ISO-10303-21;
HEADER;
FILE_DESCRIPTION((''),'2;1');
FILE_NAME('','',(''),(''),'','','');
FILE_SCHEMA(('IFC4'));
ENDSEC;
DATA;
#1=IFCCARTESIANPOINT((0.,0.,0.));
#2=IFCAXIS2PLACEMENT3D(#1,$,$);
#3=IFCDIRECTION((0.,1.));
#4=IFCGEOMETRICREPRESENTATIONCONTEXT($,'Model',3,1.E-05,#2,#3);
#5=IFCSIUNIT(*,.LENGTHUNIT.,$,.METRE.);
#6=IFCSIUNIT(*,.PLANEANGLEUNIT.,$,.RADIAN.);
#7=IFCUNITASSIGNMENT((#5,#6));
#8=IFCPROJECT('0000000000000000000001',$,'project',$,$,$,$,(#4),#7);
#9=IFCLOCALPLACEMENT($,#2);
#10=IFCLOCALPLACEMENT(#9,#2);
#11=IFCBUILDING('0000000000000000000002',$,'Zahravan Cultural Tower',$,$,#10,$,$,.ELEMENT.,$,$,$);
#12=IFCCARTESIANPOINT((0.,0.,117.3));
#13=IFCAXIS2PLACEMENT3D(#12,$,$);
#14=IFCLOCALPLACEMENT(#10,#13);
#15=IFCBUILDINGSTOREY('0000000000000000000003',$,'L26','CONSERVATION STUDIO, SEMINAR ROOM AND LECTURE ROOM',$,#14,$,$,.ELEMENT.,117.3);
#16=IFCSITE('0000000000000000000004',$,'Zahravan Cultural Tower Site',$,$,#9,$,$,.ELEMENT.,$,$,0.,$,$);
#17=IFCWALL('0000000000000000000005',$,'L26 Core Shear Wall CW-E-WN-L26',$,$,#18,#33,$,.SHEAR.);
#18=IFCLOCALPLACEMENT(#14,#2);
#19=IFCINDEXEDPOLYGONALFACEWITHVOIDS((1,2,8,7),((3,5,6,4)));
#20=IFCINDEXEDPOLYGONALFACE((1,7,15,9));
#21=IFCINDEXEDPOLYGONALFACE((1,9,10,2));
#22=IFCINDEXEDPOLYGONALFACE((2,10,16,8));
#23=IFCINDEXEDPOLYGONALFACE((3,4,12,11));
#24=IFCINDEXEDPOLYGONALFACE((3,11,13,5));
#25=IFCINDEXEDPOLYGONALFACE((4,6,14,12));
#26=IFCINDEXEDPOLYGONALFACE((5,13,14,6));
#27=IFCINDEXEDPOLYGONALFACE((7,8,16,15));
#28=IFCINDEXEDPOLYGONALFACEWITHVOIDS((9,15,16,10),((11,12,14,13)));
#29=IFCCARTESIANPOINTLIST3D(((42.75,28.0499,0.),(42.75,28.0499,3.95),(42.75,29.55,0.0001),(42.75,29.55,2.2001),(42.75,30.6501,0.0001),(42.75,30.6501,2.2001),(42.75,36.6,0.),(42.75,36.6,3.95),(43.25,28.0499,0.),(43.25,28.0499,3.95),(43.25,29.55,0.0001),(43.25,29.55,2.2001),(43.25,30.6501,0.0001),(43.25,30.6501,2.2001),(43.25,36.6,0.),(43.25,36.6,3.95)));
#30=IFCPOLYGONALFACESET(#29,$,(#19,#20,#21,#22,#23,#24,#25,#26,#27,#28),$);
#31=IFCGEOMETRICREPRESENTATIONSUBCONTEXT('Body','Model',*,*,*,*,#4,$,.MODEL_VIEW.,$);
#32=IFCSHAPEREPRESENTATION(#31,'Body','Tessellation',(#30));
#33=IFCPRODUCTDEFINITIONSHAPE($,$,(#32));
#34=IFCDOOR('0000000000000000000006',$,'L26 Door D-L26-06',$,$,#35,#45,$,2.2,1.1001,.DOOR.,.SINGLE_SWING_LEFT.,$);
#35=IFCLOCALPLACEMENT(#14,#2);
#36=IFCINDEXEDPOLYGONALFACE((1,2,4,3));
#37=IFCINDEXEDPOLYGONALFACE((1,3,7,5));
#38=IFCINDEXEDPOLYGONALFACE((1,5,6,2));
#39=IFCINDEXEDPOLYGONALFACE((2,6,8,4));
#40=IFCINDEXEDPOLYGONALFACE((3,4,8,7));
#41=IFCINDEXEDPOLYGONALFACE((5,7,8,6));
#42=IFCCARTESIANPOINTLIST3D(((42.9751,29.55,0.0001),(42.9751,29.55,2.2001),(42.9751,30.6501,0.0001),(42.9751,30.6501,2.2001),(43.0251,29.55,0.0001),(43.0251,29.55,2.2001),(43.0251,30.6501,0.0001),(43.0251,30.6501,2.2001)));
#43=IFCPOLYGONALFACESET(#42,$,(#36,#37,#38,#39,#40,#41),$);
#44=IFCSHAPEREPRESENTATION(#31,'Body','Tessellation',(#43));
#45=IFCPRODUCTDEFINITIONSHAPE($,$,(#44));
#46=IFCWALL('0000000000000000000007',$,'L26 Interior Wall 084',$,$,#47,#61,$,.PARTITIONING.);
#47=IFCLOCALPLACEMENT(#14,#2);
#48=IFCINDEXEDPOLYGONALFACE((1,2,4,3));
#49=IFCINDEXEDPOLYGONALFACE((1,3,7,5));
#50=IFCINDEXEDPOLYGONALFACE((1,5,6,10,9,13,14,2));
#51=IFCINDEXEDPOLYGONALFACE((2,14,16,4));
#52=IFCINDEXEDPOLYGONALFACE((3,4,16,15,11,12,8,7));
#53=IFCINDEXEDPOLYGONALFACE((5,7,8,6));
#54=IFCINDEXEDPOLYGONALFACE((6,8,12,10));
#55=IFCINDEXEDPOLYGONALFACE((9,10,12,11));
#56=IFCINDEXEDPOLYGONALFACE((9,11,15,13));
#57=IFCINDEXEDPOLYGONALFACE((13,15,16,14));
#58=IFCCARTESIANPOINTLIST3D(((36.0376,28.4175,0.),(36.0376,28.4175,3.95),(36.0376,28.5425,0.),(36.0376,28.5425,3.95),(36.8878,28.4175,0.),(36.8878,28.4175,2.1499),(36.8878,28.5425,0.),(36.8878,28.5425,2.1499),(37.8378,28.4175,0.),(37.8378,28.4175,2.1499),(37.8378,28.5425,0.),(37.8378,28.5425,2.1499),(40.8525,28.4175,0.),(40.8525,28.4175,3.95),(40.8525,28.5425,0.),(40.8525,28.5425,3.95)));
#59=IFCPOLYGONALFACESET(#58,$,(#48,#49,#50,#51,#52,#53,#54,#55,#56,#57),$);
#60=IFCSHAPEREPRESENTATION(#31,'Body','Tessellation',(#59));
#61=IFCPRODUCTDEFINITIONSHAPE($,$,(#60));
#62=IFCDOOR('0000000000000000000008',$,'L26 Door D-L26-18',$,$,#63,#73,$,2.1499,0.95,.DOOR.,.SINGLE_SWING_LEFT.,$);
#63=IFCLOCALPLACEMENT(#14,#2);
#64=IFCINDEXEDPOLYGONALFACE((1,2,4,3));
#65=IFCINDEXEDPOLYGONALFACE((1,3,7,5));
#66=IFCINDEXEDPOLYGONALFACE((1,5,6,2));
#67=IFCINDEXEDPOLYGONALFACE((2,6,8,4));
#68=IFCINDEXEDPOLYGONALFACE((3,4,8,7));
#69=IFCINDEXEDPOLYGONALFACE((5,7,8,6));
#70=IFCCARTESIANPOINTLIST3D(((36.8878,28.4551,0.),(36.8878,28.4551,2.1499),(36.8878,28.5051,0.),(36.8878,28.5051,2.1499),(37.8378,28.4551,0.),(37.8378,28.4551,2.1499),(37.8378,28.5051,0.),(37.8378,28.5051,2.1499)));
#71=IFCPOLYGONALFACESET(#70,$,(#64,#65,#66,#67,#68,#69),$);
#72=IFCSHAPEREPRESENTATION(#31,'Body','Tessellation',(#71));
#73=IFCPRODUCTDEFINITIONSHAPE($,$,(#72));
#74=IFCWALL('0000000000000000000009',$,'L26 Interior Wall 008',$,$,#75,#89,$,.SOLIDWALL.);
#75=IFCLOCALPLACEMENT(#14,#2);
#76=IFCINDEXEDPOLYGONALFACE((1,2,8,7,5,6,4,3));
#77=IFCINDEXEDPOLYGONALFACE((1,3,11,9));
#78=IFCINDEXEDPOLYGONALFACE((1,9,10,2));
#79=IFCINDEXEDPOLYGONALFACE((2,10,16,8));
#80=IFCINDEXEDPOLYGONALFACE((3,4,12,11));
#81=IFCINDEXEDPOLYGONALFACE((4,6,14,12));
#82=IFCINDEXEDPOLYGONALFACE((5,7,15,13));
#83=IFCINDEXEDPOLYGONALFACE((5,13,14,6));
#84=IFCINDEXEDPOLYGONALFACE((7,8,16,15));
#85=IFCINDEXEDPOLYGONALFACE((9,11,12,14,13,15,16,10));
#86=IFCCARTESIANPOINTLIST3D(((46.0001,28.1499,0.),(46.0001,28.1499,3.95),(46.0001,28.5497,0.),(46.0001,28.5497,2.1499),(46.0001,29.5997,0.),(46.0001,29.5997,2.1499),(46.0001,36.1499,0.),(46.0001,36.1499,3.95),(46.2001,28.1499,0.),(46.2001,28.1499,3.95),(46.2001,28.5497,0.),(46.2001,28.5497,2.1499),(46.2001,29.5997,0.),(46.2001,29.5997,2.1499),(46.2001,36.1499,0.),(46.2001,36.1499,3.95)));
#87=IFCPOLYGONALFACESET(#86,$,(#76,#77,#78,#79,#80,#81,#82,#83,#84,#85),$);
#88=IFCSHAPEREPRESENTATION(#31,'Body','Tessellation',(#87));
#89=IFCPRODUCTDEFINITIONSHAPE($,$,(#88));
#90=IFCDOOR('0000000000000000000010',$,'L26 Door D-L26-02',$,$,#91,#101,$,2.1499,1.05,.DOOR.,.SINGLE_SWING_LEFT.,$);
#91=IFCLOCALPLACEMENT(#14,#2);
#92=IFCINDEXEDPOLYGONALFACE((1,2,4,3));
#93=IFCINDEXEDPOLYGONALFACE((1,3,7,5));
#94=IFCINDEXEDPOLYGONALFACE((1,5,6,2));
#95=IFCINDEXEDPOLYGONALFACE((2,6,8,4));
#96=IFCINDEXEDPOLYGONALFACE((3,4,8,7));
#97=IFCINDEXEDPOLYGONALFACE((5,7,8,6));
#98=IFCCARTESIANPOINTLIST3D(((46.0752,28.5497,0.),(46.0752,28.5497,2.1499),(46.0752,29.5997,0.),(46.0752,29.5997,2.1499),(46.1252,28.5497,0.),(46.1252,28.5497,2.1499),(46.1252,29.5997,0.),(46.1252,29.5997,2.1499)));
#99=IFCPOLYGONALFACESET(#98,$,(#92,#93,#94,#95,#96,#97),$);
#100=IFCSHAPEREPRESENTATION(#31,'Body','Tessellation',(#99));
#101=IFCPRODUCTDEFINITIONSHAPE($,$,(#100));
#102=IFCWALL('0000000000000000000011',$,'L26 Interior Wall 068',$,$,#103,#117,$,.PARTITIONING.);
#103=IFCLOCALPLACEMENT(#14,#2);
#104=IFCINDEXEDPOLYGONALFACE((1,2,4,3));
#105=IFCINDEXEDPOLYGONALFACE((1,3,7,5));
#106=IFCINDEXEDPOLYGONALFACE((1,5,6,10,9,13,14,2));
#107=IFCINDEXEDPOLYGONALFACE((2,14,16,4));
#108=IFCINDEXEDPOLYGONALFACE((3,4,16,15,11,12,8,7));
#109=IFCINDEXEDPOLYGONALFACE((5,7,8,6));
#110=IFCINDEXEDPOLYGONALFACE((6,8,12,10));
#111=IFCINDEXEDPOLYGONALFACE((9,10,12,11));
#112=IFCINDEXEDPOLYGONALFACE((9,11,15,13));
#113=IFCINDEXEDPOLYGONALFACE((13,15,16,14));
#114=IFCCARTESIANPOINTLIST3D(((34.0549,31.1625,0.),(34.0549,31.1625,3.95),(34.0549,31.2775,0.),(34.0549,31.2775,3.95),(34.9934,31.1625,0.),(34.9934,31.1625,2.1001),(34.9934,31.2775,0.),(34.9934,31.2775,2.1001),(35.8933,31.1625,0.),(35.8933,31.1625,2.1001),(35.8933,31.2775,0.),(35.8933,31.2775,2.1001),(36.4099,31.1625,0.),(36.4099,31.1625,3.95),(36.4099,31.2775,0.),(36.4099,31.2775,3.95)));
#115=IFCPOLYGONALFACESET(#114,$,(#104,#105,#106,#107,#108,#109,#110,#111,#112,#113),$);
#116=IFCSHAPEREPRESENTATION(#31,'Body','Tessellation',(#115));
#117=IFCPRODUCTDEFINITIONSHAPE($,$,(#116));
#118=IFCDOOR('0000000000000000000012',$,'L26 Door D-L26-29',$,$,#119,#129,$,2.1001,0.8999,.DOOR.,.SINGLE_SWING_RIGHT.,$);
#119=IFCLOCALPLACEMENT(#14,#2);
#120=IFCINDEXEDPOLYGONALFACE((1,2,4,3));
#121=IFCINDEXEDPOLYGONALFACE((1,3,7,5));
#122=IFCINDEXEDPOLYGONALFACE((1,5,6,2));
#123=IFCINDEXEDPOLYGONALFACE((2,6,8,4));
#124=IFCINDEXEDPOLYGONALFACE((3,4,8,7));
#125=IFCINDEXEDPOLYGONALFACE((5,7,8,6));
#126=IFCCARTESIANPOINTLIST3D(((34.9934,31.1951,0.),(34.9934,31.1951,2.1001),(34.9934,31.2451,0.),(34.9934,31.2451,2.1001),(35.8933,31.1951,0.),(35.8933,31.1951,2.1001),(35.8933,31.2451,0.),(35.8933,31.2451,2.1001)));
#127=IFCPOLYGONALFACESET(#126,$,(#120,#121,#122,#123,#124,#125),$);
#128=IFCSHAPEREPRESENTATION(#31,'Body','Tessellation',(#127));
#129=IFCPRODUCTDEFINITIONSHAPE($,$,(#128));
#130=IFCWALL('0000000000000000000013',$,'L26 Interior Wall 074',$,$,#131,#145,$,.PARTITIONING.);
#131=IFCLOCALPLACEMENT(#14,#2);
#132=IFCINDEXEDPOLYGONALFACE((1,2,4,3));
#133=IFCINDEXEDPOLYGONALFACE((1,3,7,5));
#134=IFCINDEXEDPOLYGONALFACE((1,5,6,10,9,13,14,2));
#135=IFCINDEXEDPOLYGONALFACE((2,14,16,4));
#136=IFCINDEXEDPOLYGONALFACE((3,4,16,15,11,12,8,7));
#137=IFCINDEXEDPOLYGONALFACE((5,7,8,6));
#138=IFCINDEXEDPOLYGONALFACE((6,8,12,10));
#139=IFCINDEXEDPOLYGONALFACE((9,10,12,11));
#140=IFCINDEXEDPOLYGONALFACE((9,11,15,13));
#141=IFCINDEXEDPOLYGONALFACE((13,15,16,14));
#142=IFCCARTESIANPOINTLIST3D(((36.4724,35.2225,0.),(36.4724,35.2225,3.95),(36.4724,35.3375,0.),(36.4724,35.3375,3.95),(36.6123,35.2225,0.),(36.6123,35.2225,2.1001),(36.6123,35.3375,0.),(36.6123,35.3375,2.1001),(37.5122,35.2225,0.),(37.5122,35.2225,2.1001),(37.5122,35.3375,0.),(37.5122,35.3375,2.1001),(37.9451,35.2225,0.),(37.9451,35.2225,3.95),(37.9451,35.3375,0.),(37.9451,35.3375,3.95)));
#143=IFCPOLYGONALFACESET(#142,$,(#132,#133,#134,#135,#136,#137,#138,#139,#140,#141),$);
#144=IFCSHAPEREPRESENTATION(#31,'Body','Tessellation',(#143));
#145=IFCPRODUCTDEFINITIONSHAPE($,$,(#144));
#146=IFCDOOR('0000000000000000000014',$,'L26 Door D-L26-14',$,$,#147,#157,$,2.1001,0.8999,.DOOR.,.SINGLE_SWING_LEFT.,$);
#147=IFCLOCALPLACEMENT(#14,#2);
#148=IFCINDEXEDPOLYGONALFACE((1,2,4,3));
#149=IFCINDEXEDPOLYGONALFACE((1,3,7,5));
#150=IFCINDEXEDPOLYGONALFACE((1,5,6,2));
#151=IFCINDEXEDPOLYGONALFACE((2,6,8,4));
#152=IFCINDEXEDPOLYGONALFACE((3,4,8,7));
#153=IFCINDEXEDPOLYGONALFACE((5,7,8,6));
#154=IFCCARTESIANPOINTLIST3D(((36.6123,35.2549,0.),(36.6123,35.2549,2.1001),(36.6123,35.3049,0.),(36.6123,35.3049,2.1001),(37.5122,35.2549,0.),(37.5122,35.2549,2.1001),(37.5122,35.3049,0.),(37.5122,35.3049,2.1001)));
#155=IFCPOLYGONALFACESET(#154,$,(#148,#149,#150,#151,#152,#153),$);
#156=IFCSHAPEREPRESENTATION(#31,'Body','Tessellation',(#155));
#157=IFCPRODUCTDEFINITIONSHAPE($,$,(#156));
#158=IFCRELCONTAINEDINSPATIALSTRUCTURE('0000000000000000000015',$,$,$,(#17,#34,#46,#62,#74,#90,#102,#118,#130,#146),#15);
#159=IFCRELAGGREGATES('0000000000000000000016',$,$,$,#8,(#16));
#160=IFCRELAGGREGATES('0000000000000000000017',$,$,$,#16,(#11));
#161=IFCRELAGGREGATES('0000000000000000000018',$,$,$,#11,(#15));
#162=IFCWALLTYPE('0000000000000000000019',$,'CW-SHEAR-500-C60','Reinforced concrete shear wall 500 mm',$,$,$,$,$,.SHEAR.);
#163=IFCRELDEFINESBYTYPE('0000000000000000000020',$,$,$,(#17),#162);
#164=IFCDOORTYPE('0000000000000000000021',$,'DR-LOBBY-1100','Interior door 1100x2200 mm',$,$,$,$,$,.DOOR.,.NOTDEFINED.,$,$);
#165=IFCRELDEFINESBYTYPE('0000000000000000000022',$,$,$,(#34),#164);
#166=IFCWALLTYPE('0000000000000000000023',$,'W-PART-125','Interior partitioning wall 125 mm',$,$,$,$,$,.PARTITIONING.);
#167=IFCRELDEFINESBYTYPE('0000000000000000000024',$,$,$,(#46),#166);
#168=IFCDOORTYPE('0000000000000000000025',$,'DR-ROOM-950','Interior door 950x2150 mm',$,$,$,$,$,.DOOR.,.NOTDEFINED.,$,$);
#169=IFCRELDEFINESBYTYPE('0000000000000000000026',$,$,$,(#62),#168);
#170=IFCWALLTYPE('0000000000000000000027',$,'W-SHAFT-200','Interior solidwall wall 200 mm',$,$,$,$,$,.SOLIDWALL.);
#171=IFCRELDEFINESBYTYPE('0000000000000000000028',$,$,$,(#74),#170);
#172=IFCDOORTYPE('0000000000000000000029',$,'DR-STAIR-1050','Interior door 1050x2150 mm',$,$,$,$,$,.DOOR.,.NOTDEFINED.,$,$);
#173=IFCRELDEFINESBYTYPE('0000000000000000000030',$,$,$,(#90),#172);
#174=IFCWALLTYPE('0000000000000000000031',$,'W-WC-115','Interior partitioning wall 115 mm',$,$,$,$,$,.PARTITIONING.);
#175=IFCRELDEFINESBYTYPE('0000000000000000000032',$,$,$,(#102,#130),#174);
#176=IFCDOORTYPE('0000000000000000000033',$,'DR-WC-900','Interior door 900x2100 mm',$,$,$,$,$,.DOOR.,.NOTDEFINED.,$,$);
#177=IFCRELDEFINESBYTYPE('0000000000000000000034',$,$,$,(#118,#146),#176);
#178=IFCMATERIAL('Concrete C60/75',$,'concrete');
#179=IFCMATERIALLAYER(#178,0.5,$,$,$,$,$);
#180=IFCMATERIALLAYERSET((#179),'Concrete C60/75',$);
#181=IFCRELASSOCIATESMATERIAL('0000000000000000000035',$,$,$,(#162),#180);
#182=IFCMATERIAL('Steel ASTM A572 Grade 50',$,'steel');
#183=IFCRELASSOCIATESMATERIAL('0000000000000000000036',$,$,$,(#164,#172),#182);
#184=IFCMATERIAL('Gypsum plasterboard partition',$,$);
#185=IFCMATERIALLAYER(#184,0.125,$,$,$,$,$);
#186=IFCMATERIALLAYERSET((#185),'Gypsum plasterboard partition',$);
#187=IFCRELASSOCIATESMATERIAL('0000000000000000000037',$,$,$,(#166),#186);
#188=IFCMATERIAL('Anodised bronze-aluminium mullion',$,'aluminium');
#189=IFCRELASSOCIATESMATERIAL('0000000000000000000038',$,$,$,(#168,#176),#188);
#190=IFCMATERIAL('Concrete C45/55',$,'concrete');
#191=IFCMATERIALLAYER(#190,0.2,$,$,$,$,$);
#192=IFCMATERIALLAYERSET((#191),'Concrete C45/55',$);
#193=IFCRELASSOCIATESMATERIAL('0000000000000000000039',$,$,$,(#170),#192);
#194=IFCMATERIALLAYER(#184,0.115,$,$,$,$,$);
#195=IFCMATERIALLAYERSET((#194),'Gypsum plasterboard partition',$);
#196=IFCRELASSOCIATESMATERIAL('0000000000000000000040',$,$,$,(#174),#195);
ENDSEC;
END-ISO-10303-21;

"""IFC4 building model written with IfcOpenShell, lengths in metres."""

from ifc_helpers import new_model, si_unit, direction, frame, frame_2d, origin, place, context, subcontext, project, spatial, rectangle, extrude, source, transform, mapped, material, layer, layer_set, type_object, element, fill, save


model = new_model("IFC4")

# Units and contexts
model_context = context("Model", 3, precision=1e-05, world=origin(), true_north=direction((0.0, 1.0)))
body_context = subcontext(model_context, "Body", "Model", "MODEL_VIEW")
ifc_project = project(units=[si_unit("LENGTHUNIT", "METRE"), si_unit("PLANEANGLEUNIT", "RADIAN")], contexts=[model_context])

# Site, building, storey
site_placement = place(None, origin())
site = spatial("IfcSite", under=ifc_project, at=site_placement, Name="Zahravan Cultural Tower Site", CompositionType="ELEMENT", RefElevation=0.0)
building_placement = place(site_placement, origin())
building = spatial("IfcBuilding", under=site, at=building_placement, Name="Zahravan Cultural Tower", CompositionType="ELEMENT")
storey_placement = place(building_placement, frame((0.0, 0.0, 117.3)))
storey = spatial("IfcBuildingStorey", under=building, at=storey_placement, Name="L26", Description="CONSERVATION STUDIO, SEMINAR ROOM AND LECTURE ROOM", CompositionType="ELEMENT", Elevation=117.3)

# Walls, openings, doors
ifc_material_1 = material(Name="Concrete C60/75", Category="concrete")
ifc_layer_1 = layer(ifc_material_1, 0.5)
ifc_layer_set_1 = layer_set([ifc_layer_1], Name="Concrete C60/75")
wall_type_1 = type_object("IfcWallType", Name="CW-SHEAR-500-C60", Description="Reinforced concrete shear wall 500 mm", PredefinedType="SHEAR", material=ifc_layer_set_1)
wall_1_placement = place(storey_placement, frame((43.0, 28.05, 0.0), z_axis=(0.0, 0.0, 1.0), x_axis=(0.0, 1.0, 0.0)))
wall_1 = element("IfcWall", 1, at=wall_1_placement, inside=storey, type_object=wall_type_1, Name="L26 Core Shear Wall CW-E-WN-L26", PredefinedType="SHEAR", context=body_context, shape_type="SweptSolid", body=[
    extrude(rectangle(XDim=8.55, YDim=0.5, at=frame_2d((4.2749, 0.0))), origin(), (0.0, 0.0, 1.0), 3.95),
])
opening_1_placement = place(wall_1_placement, frame((1.5, 0.0, 0.0)))
opening_1 = element("IfcOpeningElement", 2, at=opening_1_placement, cuts=wall_1, PredefinedType="OPENING", context=body_context, shape_type="SweptSolid", body=[
    extrude(rectangle(XDim=1.1001, YDim=2.2, at=frame_2d((0.55, 1.1001))), frame((0.0, 0.26, 0.0), z_axis=(0.0, -1.0, 0.0), x_axis=(1.0, 0.0, 0.0)), (0.0, 0.0, 1.0), 0.52),
])
ifc_material_2 = material(Name="Steel ASTM A572 Grade 50", Category="steel")
door_type_1 = type_object("IfcDoorType", Name="DR-LOBBY-1100", Description="Interior door 1100x2200 mm", OperationType="NOTDEFINED", PredefinedType="DOOR", material=ifc_material_2)
shared_shape_1 = source(origin(), body_context, "Body", "SweptSolid", [
    extrude(rectangle(XDim=1.1001, YDim=2.2, at=frame_2d((0.55, 1.1001))), frame((0.0, 0.0249, 0.0), z_axis=(0.0, -1.0, 0.0), x_axis=(1.0, 0.0, 0.0)), (0.0, 0.0, 1.0), 0.05),
])
door_1_placement = place(opening_1_placement, origin())
door_1 = element("IfcDoor", 3, at=door_1_placement, inside=storey, type_object=door_type_1, Name="L26 Door D-L26-06", OperationType="SINGLE_SWING_LEFT", OverallHeight=2.2, OverallWidth=1.1001, PredefinedType="DOOR", context=body_context, shape_type="MappedRepresentation", body=[
    mapped(shared_shape_1, transform((0.0, 0.0, 0.0), x_axis=(1.0, 0.0, 0.0), y_axis=(0.0, 1.0, 0.0), z_axis=(0.0, 0.0, 1.0), scale=1.0)),
])
fill(opening_1, door_1)
ifc_material_3 = material(Name="Gypsum plasterboard partition")
ifc_layer_2 = layer(ifc_material_3, 0.125)
ifc_layer_set_2 = layer_set([ifc_layer_2], Name="Gypsum plasterboard partition")
wall_type_2 = type_object("IfcWallType", Name="W-PART-125", Description="Interior partitioning wall 125 mm", PredefinedType="PARTITIONING", material=ifc_layer_set_2)
wall_2_placement = place(storey_placement, frame((40.8525, 28.48, 0.0), z_axis=(0.0, 0.0, 1.0), x_axis=(-1.0, 0.0, 0.0)))
wall_2 = element("IfcWall", 4, at=wall_2_placement, inside=storey, type_object=wall_type_2, Name="L26 Interior Wall 084", PredefinedType="PARTITIONING", context=body_context, shape_type="SweptSolid", body=[
    extrude(rectangle(XDim=4.8149, YDim=0.125, at=frame_2d((2.4075, 0.0))), origin(), (0.0, 0.0, 1.0), 3.95),
])
opening_2_placement = place(wall_2_placement, frame((3.0146, 0.0, 0.0)))
opening_2 = element("IfcOpeningElement", 5, at=opening_2_placement, cuts=wall_2, PredefinedType="OPENING", context=body_context, shape_type="SweptSolid", body=[
    extrude(rectangle(XDim=0.95, YDim=2.1499, at=frame_2d((0.4751, 1.075))), frame((0.0, 0.0725, 0.0), z_axis=(0.0, -1.0, 0.0), x_axis=(1.0, 0.0, 0.0)), (0.0, 0.0, 1.0), 0.145),
])
ifc_material_4 = material(Name="Anodised bronze-aluminium mullion", Category="aluminium")
door_type_2 = type_object("IfcDoorType", Name="DR-ROOM-950", Description="Interior door 950x2150 mm", OperationType="NOTDEFINED", PredefinedType="DOOR", material=ifc_material_4)
shared_shape_2 = source(origin(), body_context, "Body", "SweptSolid", [
    extrude(rectangle(XDim=0.95, YDim=2.1499, at=frame_2d((0.4751, 1.075))), frame((0.0, 0.0249, 0.0), z_axis=(0.0, -1.0, 0.0), x_axis=(1.0, 0.0, 0.0)), (0.0, 0.0, 1.0), 0.05),
])
door_2_placement = place(opening_2_placement, origin())
door_2 = element("IfcDoor", 6, at=door_2_placement, inside=storey, type_object=door_type_2, Name="L26 Door D-L26-18", OperationType="SINGLE_SWING_LEFT", OverallHeight=2.1499, OverallWidth=0.95, PredefinedType="DOOR", context=body_context, shape_type="MappedRepresentation", body=[
    mapped(shared_shape_2, transform((0.0, 0.0, 0.0), x_axis=(1.0, 0.0, 0.0), y_axis=(0.0, 1.0, 0.0), z_axis=(0.0, 0.0, 1.0), scale=1.0)),
])
fill(opening_2, door_2)
ifc_material_5 = material(Name="Concrete C45/55", Category="concrete")
ifc_layer_3 = layer(ifc_material_5, 0.2)
ifc_layer_set_3 = layer_set([ifc_layer_3], Name="Concrete C45/55")
wall_type_3 = type_object("IfcWallType", Name="W-SHAFT-200", Description="Interior solidwall wall 200 mm", PredefinedType="SOLIDWALL", material=ifc_layer_set_3)
wall_3_placement = place(storey_placement, frame((46.1001, 28.1499, 0.0), z_axis=(0.0, 0.0, 1.0), x_axis=(0.0, 1.0, 0.0)))
wall_3 = element("IfcWall", 7, at=wall_3_placement, inside=storey, type_object=wall_type_3, Name="L26 Interior Wall 008", PredefinedType="SOLIDWALL", context=body_context, shape_type="SweptSolid", body=[
    extrude(rectangle(XDim=8.0, YDim=0.2, at=frame_2d((4.0, 0.0))), origin(), (0.0, 0.0, 1.0), 3.95),
])
opening_3_placement = place(wall_3_placement, frame((0.3999, 0.0, 0.0)))
opening_3 = element("IfcOpeningElement", 8, at=opening_3_placement, cuts=wall_3, PredefinedType="OPENING", context=body_context, shape_type="SweptSolid", body=[
    extrude(rectangle(XDim=1.05, YDim=2.1499, at=frame_2d((0.5249, 1.075))), frame((0.0, 0.1099, 0.0), z_axis=(0.0, -1.0, 0.0), x_axis=(1.0, 0.0, 0.0)), (0.0, 0.0, 1.0), 0.22),
])
door_type_3 = type_object("IfcDoorType", Name="DR-STAIR-1050", Description="Interior door 1050x2150 mm", OperationType="NOTDEFINED", PredefinedType="DOOR", material=ifc_material_2)
shared_shape_3 = source(origin(), body_context, "Body", "SweptSolid", [
    extrude(rectangle(XDim=1.05, YDim=2.1499, at=frame_2d((0.5249, 1.075))), frame((0.0, 0.0249, 0.0), z_axis=(0.0, -1.0, 0.0), x_axis=(1.0, 0.0, 0.0)), (0.0, 0.0, 1.0), 0.05),
])
door_3_placement = place(opening_3_placement, origin())
door_3 = element("IfcDoor", 9, at=door_3_placement, inside=storey, type_object=door_type_3, Name="L26 Door D-L26-02", OperationType="SINGLE_SWING_LEFT", OverallHeight=2.1499, OverallWidth=1.05, PredefinedType="DOOR", context=body_context, shape_type="MappedRepresentation", body=[
    mapped(shared_shape_3, transform((0.0, 0.0, 0.0), x_axis=(1.0, 0.0, 0.0), y_axis=(0.0, 1.0, 0.0), z_axis=(0.0, 0.0, 1.0), scale=1.0)),
])
fill(opening_3, door_3)
ifc_layer_4 = layer(ifc_material_3, 0.115)
ifc_layer_set_4 = layer_set([ifc_layer_4], Name="Gypsum plasterboard partition")
wall_type_4 = type_object("IfcWallType", Name="W-WC-115", Description="Interior partitioning wall 115 mm", PredefinedType="PARTITIONING", material=ifc_layer_set_4)
wall_4_placement = place(storey_placement, frame((36.4099, 31.22, 0.0), z_axis=(0.0, 0.0, 1.0), x_axis=(-1.0, 0.0, 0.0)))
wall_4 = element("IfcWall", 10, at=wall_4_placement, inside=storey, type_object=wall_type_4, Name="L26 Interior Wall 068", PredefinedType="PARTITIONING", context=body_context, shape_type="SweptSolid", body=[
    extrude(rectangle(XDim=2.355, YDim=0.115, at=frame_2d((1.1775, 0.0))), origin(), (0.0, 0.0, 1.0), 3.95),
])
opening_4_placement = place(wall_4_placement, frame((0.5166, 0.0, 0.0)))
opening_4 = element("IfcOpeningElement", 11, at=opening_4_placement, cuts=wall_4, PredefinedType="OPENING", context=body_context, shape_type="SweptSolid", body=[
    extrude(rectangle(XDim=0.8999, YDim=2.1001, at=frame_2d((0.45, 1.05))), frame((0.0, 0.0674, 0.0), z_axis=(0.0, -1.0, 0.0), x_axis=(1.0, 0.0, 0.0)), (0.0, 0.0, 1.0), 0.135),
])
door_type_4 = type_object("IfcDoorType", Name="DR-WC-900", Description="Interior door 900x2100 mm", OperationType="NOTDEFINED", PredefinedType="DOOR", material=ifc_material_4)
shared_shape_4 = source(origin(), body_context, "Body", "SweptSolid", [
    extrude(rectangle(XDim=0.8999, YDim=2.1001, at=frame_2d((0.45, 1.05))), frame((0.0, 0.0249, 0.0), z_axis=(0.0, -1.0, 0.0), x_axis=(1.0, 0.0, 0.0)), (0.0, 0.0, 1.0), 0.05),
])
door_4_placement = place(opening_4_placement, origin())
door_4 = element("IfcDoor", 12, at=door_4_placement, inside=storey, type_object=door_type_4, Name="L26 Door D-L26-29", OperationType="SINGLE_SWING_RIGHT", OverallHeight=2.1001, OverallWidth=0.8999, PredefinedType="DOOR", context=body_context, shape_type="MappedRepresentation", body=[
    mapped(shared_shape_4, transform((0.0, 0.0, 0.0), x_axis=(1.0, 0.0, 0.0), y_axis=(0.0, 1.0, 0.0), z_axis=(0.0, 0.0, 1.0), scale=1.0)),
])
fill(opening_4, door_4)
wall_5_placement = place(storey_placement, frame((36.4724, 35.28, 0.0), z_axis=(0.0, 0.0, 1.0), x_axis=(1.0, 0.0, 0.0)))
wall_5 = element("IfcWall", 13, at=wall_5_placement, inside=storey, type_object=wall_type_4, Name="L26 Interior Wall 074", PredefinedType="PARTITIONING", context=body_context, shape_type="SweptSolid", body=[
    extrude(rectangle(XDim=1.4727, YDim=0.115, at=frame_2d((0.7363, 0.0))), origin(), (0.0, 0.0, 1.0), 3.95),
])
opening_5_placement = place(wall_5_placement, frame((0.1399, 0.0, 0.0)))
opening_5 = element("IfcOpeningElement", 14, at=opening_5_placement, cuts=wall_5, PredefinedType="OPENING", context=body_context, shape_type="SweptSolid", body=[
    extrude(rectangle(XDim=0.8999, YDim=2.1001, at=frame_2d((0.45, 1.05))), frame((0.0, 0.0674, 0.0), z_axis=(0.0, -1.0, 0.0), x_axis=(1.0, 0.0, 0.0)), (0.0, 0.0, 1.0), 0.135),
])
door_5_placement = place(opening_5_placement, origin())
door_5 = element("IfcDoor", 15, at=door_5_placement, inside=storey, type_object=door_type_4, Name="L26 Door D-L26-14", OperationType="SINGLE_SWING_LEFT", OverallHeight=2.1001, OverallWidth=0.8999, PredefinedType="DOOR", context=body_context, shape_type="MappedRepresentation", body=[
    mapped(shared_shape_4, transform((0.0, 0.0, 0.0), x_axis=(1.0, 0.0, 0.0), y_axis=(0.0, 1.0, 0.0), z_axis=(0.0, 0.0, 1.0), scale=1.0)),
])
fill(opening_5, door_5)

save(model, "model.ifc")
